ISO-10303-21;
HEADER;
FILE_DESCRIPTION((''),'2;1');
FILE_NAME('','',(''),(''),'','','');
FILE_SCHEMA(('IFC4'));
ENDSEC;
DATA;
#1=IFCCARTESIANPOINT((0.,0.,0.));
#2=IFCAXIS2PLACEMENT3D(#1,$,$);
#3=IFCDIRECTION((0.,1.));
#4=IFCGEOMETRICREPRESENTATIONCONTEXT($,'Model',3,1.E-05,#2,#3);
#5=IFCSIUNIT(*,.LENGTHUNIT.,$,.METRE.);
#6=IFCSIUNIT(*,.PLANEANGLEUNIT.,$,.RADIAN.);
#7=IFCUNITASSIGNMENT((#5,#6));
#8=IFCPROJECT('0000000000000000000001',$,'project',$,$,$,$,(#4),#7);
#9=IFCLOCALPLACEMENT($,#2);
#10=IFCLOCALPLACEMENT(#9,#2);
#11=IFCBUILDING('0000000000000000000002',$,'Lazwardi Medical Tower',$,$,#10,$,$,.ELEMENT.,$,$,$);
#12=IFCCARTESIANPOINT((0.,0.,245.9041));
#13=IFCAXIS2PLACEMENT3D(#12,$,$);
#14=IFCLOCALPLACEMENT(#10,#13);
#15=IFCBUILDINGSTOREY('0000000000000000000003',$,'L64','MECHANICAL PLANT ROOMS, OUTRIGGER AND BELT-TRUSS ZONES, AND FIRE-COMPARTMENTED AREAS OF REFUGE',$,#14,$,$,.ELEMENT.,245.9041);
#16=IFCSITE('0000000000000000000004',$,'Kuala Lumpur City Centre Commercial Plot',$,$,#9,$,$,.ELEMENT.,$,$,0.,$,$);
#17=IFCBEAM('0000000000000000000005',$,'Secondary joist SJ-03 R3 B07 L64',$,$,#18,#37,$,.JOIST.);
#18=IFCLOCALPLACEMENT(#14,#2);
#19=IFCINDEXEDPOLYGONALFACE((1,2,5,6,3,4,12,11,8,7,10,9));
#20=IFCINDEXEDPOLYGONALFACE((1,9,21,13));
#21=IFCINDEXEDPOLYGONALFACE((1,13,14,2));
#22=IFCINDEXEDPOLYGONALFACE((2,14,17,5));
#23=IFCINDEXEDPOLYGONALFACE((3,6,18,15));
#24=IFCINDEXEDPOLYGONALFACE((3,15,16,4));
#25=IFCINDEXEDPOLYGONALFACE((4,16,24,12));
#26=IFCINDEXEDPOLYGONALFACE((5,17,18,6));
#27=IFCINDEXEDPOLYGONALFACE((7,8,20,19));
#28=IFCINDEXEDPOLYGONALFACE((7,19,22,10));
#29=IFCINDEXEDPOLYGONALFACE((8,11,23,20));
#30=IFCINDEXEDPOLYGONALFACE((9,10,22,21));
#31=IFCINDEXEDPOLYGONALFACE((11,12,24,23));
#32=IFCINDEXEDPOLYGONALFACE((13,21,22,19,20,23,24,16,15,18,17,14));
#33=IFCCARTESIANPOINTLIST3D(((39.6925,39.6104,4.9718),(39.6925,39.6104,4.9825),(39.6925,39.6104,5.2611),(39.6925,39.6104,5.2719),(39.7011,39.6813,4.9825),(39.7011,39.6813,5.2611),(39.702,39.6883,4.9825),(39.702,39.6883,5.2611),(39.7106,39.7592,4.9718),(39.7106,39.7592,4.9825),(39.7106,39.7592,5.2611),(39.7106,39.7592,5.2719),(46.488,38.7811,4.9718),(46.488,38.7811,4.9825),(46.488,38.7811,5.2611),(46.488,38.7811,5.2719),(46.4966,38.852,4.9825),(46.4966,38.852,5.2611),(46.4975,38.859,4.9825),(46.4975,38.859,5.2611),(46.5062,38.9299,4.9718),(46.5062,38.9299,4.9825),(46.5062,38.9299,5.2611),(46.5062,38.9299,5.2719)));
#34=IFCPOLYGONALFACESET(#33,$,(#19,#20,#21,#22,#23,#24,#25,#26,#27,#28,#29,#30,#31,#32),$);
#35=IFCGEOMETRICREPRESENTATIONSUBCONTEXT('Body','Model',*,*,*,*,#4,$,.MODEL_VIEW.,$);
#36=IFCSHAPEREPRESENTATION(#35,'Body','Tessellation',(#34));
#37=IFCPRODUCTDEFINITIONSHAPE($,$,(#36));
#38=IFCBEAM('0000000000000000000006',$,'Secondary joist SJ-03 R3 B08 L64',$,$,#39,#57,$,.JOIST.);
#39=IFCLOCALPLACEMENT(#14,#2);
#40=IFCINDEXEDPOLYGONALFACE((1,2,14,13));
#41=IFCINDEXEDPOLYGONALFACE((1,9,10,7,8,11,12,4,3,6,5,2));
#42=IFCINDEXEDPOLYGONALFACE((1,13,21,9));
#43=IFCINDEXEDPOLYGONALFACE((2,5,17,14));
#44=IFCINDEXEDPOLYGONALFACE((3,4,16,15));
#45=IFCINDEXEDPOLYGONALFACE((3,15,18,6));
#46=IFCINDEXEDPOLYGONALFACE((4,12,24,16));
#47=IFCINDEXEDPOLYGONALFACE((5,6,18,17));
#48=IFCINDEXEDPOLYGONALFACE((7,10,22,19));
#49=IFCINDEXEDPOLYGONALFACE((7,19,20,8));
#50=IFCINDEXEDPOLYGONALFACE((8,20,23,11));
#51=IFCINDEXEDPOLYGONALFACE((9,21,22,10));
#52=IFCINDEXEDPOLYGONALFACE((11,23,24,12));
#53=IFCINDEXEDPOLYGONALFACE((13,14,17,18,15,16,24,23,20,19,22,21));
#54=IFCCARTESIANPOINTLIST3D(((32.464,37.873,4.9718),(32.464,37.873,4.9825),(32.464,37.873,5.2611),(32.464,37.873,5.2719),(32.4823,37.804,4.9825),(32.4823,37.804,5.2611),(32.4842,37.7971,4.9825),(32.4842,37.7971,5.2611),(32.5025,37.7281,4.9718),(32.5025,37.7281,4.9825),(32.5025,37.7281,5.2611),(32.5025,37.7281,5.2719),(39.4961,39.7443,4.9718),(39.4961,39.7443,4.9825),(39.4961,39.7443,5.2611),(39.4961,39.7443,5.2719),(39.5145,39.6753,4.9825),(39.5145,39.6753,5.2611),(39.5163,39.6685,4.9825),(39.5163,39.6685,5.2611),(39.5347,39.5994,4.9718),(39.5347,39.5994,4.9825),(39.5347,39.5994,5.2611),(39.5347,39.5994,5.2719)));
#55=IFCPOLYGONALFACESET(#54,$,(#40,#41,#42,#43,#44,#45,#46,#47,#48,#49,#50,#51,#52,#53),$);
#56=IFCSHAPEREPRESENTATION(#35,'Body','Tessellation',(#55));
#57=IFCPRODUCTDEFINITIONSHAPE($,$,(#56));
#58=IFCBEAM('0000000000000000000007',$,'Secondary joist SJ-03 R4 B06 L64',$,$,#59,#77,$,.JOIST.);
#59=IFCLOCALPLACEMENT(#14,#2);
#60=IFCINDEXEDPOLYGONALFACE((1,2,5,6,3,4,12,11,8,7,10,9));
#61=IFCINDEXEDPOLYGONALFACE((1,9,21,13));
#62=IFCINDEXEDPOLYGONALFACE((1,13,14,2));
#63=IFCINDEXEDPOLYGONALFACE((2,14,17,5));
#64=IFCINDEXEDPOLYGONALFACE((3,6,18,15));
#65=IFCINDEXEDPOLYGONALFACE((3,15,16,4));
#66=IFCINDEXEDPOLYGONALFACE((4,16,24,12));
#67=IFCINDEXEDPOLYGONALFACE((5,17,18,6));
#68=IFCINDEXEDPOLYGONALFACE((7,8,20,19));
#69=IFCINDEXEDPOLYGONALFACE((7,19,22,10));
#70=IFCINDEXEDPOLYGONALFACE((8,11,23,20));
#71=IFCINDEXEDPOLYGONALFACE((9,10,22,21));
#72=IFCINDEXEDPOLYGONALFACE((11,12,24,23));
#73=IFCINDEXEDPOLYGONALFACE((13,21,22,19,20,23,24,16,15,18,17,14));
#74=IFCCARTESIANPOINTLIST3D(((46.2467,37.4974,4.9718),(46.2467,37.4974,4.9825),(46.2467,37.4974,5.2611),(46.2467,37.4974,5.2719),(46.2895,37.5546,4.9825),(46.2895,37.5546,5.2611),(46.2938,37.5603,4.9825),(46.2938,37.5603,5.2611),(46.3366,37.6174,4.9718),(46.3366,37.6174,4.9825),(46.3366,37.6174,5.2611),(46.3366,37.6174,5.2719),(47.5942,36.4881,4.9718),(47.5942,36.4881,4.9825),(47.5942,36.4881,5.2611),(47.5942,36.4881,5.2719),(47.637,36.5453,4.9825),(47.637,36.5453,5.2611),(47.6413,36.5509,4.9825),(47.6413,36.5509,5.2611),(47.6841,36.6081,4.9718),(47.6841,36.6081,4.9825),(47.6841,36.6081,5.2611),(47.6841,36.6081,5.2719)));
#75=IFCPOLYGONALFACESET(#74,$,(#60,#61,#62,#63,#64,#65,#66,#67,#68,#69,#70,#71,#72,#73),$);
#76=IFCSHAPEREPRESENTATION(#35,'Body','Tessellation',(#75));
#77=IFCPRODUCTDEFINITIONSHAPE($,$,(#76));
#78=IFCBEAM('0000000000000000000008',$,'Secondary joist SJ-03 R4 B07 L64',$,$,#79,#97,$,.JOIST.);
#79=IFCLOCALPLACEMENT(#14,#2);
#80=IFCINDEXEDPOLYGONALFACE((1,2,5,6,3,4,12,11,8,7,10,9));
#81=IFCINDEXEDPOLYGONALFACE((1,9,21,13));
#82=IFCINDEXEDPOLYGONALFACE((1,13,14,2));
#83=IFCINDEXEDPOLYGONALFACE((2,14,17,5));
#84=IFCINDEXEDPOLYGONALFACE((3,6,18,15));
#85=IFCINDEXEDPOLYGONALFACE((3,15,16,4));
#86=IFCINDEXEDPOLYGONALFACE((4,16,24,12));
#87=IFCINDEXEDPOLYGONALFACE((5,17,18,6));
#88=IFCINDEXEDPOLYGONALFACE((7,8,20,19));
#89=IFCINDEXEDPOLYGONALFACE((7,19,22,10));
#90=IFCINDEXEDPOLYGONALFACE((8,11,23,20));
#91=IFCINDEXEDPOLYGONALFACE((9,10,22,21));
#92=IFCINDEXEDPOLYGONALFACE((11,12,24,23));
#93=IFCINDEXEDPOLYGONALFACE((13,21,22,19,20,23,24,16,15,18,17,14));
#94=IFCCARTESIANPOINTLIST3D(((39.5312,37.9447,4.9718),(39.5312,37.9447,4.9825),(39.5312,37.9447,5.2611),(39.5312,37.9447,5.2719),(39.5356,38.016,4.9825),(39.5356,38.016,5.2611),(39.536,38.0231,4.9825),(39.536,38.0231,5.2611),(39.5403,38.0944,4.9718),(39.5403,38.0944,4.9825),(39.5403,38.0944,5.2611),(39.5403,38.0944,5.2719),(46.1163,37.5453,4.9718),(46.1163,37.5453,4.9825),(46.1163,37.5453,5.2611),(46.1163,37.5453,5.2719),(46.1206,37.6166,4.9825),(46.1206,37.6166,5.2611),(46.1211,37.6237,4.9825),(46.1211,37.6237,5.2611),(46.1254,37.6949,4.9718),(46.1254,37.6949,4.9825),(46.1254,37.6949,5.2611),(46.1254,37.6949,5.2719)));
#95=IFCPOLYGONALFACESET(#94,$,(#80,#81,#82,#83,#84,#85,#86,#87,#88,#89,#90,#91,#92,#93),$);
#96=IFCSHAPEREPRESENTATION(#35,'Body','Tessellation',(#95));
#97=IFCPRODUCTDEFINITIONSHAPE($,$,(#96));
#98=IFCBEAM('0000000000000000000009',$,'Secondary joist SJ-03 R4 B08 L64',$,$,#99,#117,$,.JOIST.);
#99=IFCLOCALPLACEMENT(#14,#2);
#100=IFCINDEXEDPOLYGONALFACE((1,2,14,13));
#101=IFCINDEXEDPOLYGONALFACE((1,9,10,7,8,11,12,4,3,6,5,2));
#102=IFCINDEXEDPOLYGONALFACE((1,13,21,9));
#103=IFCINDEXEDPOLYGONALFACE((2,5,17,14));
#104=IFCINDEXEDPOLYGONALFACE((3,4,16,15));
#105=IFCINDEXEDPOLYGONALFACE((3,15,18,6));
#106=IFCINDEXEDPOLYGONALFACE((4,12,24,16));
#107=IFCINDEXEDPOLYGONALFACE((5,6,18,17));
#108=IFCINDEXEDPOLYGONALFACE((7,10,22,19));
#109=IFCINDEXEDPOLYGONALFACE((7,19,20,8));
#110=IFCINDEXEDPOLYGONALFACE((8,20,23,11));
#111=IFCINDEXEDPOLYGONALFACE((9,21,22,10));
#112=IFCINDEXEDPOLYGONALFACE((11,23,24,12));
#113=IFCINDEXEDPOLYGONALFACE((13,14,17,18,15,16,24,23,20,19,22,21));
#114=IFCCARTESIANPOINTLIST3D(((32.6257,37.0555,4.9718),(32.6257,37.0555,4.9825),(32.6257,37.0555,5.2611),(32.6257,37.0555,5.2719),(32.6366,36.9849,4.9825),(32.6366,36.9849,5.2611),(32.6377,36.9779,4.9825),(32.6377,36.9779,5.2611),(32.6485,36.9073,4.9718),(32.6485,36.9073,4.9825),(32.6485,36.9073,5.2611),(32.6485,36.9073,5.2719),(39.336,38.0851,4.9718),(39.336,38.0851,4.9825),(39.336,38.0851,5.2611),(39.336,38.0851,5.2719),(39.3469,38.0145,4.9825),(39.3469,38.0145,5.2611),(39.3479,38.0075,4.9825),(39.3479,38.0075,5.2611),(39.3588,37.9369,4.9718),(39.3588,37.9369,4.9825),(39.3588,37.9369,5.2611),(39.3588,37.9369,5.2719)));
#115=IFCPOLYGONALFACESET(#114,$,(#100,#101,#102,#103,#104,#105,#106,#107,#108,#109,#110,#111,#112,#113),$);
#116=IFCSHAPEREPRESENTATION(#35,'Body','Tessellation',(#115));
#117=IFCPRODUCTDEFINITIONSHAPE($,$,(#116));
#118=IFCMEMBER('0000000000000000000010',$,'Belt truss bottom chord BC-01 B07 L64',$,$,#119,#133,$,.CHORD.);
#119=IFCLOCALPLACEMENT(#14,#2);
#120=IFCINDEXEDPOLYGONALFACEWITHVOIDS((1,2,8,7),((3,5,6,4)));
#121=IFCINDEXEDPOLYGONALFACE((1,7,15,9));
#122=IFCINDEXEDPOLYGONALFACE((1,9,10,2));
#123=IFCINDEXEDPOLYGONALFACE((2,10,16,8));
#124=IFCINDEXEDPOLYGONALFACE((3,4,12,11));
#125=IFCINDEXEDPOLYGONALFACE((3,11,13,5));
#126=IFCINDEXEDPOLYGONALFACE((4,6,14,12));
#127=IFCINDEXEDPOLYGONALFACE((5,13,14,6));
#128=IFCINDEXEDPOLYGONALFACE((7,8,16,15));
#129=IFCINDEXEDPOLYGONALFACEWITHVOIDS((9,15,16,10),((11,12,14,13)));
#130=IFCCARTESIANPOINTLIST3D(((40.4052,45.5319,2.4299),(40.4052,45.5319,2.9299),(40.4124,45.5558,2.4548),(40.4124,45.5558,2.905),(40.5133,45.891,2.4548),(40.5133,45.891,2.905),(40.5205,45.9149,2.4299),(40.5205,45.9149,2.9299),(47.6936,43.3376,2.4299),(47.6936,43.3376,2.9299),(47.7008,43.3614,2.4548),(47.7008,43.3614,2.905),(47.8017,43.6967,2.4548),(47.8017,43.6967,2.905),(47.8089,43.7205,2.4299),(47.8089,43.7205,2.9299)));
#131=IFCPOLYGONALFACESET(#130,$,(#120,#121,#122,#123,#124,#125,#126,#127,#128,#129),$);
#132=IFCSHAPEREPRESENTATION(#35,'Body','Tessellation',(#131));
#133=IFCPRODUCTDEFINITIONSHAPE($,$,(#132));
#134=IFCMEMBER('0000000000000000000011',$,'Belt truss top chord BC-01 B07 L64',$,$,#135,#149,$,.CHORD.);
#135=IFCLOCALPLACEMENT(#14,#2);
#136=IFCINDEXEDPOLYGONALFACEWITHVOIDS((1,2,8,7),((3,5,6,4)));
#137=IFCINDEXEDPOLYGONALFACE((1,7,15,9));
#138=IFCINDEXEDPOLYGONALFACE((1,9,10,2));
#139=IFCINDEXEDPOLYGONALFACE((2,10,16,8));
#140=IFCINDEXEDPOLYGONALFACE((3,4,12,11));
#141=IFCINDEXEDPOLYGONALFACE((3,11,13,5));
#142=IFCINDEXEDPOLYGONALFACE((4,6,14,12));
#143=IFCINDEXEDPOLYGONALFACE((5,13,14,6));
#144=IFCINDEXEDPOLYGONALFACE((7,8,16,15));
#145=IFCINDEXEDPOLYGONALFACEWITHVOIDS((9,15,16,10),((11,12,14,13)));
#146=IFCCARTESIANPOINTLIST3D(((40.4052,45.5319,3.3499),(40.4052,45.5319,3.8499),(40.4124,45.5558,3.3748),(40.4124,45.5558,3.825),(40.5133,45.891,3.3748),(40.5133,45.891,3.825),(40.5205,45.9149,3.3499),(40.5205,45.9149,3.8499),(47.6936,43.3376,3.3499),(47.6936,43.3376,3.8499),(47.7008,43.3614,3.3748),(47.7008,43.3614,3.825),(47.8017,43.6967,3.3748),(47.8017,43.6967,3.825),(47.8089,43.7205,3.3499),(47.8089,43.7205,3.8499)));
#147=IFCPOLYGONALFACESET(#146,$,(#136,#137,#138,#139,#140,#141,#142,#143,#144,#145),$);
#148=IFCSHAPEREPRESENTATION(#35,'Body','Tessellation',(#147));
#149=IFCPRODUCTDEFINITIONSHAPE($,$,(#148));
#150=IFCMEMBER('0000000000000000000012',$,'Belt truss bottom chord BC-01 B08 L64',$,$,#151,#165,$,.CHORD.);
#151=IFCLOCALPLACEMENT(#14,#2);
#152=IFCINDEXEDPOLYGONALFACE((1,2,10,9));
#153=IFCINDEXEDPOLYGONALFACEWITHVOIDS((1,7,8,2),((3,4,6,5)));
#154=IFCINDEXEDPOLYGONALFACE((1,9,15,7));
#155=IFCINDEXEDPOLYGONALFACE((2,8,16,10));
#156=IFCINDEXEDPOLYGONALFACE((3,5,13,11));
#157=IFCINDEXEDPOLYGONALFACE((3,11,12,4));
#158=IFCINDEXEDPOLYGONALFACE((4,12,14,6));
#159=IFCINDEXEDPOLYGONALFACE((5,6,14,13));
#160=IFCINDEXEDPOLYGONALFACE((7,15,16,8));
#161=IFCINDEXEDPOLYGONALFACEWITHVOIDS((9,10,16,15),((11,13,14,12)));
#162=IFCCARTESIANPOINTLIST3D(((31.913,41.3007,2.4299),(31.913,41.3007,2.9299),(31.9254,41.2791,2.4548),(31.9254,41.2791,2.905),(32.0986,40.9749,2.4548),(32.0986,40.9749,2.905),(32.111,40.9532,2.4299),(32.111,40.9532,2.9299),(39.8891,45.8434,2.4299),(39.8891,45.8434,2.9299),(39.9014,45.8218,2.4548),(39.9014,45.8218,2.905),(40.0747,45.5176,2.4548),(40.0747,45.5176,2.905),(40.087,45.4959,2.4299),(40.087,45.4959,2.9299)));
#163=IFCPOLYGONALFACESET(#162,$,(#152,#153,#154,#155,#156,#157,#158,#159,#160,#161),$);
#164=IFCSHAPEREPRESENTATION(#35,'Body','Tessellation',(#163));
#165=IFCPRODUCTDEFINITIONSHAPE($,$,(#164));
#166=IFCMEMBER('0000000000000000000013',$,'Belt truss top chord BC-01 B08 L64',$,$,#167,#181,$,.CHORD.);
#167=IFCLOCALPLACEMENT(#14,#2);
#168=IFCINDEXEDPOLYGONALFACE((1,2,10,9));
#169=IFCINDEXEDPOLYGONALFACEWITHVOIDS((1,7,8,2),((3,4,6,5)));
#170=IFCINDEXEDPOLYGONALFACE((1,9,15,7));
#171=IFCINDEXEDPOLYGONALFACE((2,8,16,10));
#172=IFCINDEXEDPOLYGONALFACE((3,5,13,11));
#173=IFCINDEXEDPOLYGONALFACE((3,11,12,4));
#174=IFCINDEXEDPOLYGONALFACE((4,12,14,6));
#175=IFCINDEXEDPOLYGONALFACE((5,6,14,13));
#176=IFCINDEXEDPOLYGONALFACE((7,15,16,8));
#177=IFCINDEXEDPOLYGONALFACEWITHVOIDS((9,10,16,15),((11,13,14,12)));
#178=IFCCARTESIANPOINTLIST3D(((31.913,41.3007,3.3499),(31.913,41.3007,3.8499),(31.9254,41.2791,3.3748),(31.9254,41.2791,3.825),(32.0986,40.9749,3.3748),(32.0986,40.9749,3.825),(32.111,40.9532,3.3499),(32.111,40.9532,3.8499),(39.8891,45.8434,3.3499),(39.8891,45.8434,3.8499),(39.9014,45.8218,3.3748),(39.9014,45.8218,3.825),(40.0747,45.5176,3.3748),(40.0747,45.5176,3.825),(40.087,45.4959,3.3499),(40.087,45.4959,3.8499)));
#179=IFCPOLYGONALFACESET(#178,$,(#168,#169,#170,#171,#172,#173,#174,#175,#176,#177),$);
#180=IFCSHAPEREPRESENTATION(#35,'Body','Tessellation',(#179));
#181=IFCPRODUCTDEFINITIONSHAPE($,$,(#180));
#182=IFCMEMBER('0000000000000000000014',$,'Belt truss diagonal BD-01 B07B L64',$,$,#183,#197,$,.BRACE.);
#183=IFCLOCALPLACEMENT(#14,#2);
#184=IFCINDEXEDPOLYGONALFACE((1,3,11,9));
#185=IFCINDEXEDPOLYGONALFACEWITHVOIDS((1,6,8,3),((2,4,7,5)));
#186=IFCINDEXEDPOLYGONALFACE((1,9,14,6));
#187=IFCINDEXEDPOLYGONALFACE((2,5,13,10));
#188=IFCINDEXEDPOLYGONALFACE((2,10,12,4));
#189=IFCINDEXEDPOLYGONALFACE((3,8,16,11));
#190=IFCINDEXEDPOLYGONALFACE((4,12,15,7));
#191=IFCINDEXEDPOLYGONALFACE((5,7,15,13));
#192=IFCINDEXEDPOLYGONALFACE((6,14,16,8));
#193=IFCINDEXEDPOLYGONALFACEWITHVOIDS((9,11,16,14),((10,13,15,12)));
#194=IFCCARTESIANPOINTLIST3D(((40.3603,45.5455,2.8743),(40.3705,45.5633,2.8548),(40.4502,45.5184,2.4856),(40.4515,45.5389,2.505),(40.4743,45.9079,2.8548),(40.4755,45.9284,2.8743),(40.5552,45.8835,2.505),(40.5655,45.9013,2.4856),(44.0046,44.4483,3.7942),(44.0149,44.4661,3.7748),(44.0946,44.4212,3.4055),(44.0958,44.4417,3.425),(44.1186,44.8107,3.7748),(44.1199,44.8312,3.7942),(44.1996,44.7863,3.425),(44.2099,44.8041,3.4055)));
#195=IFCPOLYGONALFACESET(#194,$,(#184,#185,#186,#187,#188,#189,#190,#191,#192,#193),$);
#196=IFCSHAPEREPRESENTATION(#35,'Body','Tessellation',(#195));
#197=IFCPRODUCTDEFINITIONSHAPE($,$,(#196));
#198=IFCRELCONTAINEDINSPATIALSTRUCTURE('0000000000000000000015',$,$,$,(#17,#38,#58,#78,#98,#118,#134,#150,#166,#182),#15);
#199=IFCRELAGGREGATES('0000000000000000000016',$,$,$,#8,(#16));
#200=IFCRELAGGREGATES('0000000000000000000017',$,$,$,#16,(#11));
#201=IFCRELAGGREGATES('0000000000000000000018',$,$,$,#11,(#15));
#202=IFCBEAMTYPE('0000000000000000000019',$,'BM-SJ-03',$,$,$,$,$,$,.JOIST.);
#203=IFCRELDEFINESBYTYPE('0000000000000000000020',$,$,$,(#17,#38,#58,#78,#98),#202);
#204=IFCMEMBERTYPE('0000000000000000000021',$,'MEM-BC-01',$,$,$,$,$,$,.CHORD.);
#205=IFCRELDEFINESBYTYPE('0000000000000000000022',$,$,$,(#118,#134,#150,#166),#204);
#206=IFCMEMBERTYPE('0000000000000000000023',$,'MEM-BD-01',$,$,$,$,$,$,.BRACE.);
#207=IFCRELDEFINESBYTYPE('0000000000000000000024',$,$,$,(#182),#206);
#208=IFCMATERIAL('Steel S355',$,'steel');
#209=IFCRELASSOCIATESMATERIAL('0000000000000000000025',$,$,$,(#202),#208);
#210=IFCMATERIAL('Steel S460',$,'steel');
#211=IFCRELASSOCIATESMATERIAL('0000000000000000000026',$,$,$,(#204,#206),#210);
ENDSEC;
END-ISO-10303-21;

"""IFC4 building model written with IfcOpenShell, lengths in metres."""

from ifc_helpers import new_model, si_unit, direction, frame, origin, origin_2d, place, context, subcontext, project, spatial, hollow_rectangle, i_section, extrude, material, material_profile, profile_set, type_object, element, save


model = new_model("IFC4")

# Units and contexts
model_context = context("Model", 3, precision=1e-05, world=origin(), true_north=direction((0.0, 1.0)))
body_context = subcontext(model_context, "Body", "Model", "MODEL_VIEW")
ifc_project = project(units=[si_unit("LENGTHUNIT", "METRE"), si_unit("PLANEANGLEUNIT", "RADIAN")], contexts=[model_context])

# Site, building, storey
site_placement = place(None, origin())
site = spatial("IfcSite", under=ifc_project, at=site_placement, Name="Kuala Lumpur City Centre Commercial Plot", CompositionType="ELEMENT", RefElevation=0.0)
building_placement = place(site_placement, origin())
building = spatial("IfcBuilding", under=site, at=building_placement, Name="Lazwardi Medical Tower", CompositionType="ELEMENT")
storey_placement = place(building_placement, frame((0.0, 0.0, 245.9041)))
storey = spatial("IfcBuildingStorey", under=building, at=storey_placement, Name="L64", Description="MECHANICAL PLANT ROOMS, OUTRIGGER AND BELT-TRUSS ZONES, AND FIRE-COMPARTMENTED AREAS OF REFUGE", CompositionType="ELEMENT", Elevation=245.9041)

# Beams
ifc_material_1 = material(Name="Steel S355", Category="steel")
ifc_material_profile_1 = material_profile(ifc_material_1, i_section(OverallWidth=0.1499, OverallDepth=0.3, WebThickness=0.0071, FlangeThickness=0.0107, at=origin_2d()), Name="IPE 300")
ifc_profile_set_1 = profile_set([ifc_material_profile_1], Name="Steel S355")
beam_type_1 = type_object("IfcBeamType", Name="BM-SJ-03", PredefinedType="JOIST", material=ifc_profile_set_1)
beam_1_placement = place(storey_placement, frame((46.4971, 38.8555, 5.1218), z_axis=(-0.992635, 0.121146, 0.0), x_axis=(-0.121146, -0.992635, 0.0)))
element("IfcBeam", 1, at=beam_1_placement, inside=storey, type_object=beam_type_1, Name="Secondary joist SJ-03 R3 B07 L64", PredefinedType="JOIST", context=body_context, shape_type="SweptSolid", body=[
    extrude(i_section(OverallWidth=0.1499, OverallDepth=0.3, WebThickness=0.0071, FlangeThickness=0.0107, at=origin_2d()), origin(), (0.0, 0.0, 1.0), 6.8459),
])
beam_2_placement = place(storey_placement, frame((39.5154, 39.6719, 5.1218), z_axis=(-0.966369, -0.257159, 0.0), x_axis=(0.257159, -0.966369, 0.0)))
element("IfcBeam", 2, at=beam_2_placement, inside=storey, type_object=beam_type_1, Name="Secondary joist SJ-03 R3 B08 L64", PredefinedType="JOIST", context=body_context, shape_type="SweptSolid", body=[
    extrude(i_section(OverallWidth=0.1499, OverallDepth=0.3, WebThickness=0.0071, FlangeThickness=0.0107, at=origin_2d()), origin(), (0.0, 0.0, 1.0), 7.2769),
])
beam_3_placement = place(storey_placement, frame((47.6392, 36.5481, 5.1218), z_axis=(-0.800365, 0.599513, 0.0), x_axis=(-0.599513, -0.800365, 0.0)))
element("IfcBeam", 3, at=beam_3_placement, inside=storey, type_object=beam_type_1, Name="Secondary joist SJ-03 R4 B06 L64", PredefinedType="JOIST", context=body_context, shape_type="SweptSolid", body=[
    extrude(i_section(OverallWidth=0.1499, OverallDepth=0.3, WebThickness=0.0071, FlangeThickness=0.0107, at=origin_2d()), origin(), (0.0, 0.0, 1.0), 1.6836),
])
beam_4_placement = place(storey_placement, frame((46.1208, 37.6201, 5.1218), z_axis=(-0.998166, 0.060544, 0.0), x_axis=(-0.060544, -0.998166, 0.0)))
element("IfcBeam", 4, at=beam_4_placement, inside=storey, type_object=beam_type_1, Name="Secondary joist SJ-03 R4 B07 L64", PredefinedType="JOIST", context=body_context, shape_type="SweptSolid", body=[
    extrude(i_section(OverallWidth=0.1499, OverallDepth=0.3, WebThickness=0.0071, FlangeThickness=0.0107, at=origin_2d()), origin(), (0.0, 0.0, 1.0), 6.5972),
])
beam_5_placement = place(storey_placement, frame((39.3474, 38.011, 5.1218), z_axis=(-0.988434, -0.151655, 0.0), x_axis=(0.151655, -0.988434, 0.0)))
element("IfcBeam", 5, at=beam_5_placement, inside=storey, type_object=beam_type_1, Name="Secondary joist SJ-03 R4 B08 L64", PredefinedType="JOIST", context=body_context, shape_type="SweptSolid", body=[
    extrude(i_section(OverallWidth=0.1499, OverallDepth=0.3, WebThickness=0.0071, FlangeThickness=0.0107, at=origin_2d()), origin(), (0.0, 0.0, 1.0), 6.7888),
])

# Members
ifc_material_2 = material(Name="Steel S460", Category="steel")
ifc_material_profile_2 = material_profile(ifc_material_2, hollow_rectangle(XDim=0.3999, YDim=0.5, WallThickness=0.0249, at=origin_2d()), Name="RHS 500x400x25")
ifc_profile_set_2 = profile_set([ifc_material_profile_2], Name="Steel S460")
member_type_1 = type_object("IfcMemberType", Name="MEM-BC-01", PredefinedType="CHORD", material=ifc_profile_set_2)
for number, where, z_axis, x_axis, name in (
    (6, (47.7512, 43.5291, 2.6799), (-0.957542, 0.288292, 0.0), (-0.288292, -0.957542, 0.0), "Belt truss bottom chord BC-01 B07 L64"),
    (7, (47.7512, 43.5291, 3.5999), (-0.957542, 0.288292, 0.0), (-0.288292, -0.957542, 0.0), "Belt truss top chord BC-01 B07 L64"),
):
    element("IfcMember", number, at=place(storey_placement, frame(where, z_axis=z_axis, x_axis=x_axis)), inside=storey, type_object=member_type_1, Name=name, PredefinedType="CHORD", context=body_context, shape_type="SweptSolid", body=[
        extrude(hollow_rectangle(XDim=0.3999, YDim=0.5, WallThickness=0.0249, at=origin_2d()), origin(), (0.0, 0.0, 1.0), 7.6116),
    ])
for number, where, z_axis, x_axis, name in (
    (8, (39.988, 45.6697, 2.6799), (-0.868948, -0.494904, 0.0), (0.494904, -0.868948, 0.0), "Belt truss bottom chord BC-01 B08 L64"),
    (9, (39.988, 45.6697, 3.5999), (-0.868948, -0.494904, 0.0), (0.494904, -0.868948, 0.0), "Belt truss top chord BC-01 B08 L64"),
):
    element("IfcMember", number, at=place(storey_placement, frame(where, z_axis=z_axis, x_axis=x_axis)), inside=storey, type_object=member_type_1, Name=name, PredefinedType="CHORD", context=body_context, shape_type="SweptSolid", body=[
        extrude(hollow_rectangle(XDim=0.3999, YDim=0.5, WallThickness=0.0249, at=origin_2d()), origin(), (0.0, 0.0, 1.0), 9.179),
    ])
ifc_material_profile_3 = material_profile(ifc_material_2, hollow_rectangle(XDim=0.3999, YDim=0.3999, WallThickness=0.02, at=origin_2d()), Name="RHS 400x400x20")
ifc_profile_set_3 = profile_set([ifc_material_profile_3], Name="Steel S460")
member_type_2 = type_object("IfcMemberType", Name="MEM-BD-01", PredefinedType="BRACE", material=ifc_profile_set_3)
member_1_placement = place(storey_placement, frame((40.4629, 45.7234, 2.6799), z_axis=(0.930742, -0.280214, 0.234946), x_axis=(0.288283, 0.957545, 0.0)))
element("IfcMember", 10, at=member_1_placement, inside=storey, type_object=member_type_2, Name="Belt truss diagonal BD-01 B07B L64", PredefinedType="BRACE", context=body_context, shape_type="SweptSolid", body=[
    extrude(hollow_rectangle(XDim=0.3999, YDim=0.3999, WallThickness=0.02, at=origin_2d()), origin(), (0.0, 0.0, 1.0), 3.9155),
])

save(model, "model.ifc")
